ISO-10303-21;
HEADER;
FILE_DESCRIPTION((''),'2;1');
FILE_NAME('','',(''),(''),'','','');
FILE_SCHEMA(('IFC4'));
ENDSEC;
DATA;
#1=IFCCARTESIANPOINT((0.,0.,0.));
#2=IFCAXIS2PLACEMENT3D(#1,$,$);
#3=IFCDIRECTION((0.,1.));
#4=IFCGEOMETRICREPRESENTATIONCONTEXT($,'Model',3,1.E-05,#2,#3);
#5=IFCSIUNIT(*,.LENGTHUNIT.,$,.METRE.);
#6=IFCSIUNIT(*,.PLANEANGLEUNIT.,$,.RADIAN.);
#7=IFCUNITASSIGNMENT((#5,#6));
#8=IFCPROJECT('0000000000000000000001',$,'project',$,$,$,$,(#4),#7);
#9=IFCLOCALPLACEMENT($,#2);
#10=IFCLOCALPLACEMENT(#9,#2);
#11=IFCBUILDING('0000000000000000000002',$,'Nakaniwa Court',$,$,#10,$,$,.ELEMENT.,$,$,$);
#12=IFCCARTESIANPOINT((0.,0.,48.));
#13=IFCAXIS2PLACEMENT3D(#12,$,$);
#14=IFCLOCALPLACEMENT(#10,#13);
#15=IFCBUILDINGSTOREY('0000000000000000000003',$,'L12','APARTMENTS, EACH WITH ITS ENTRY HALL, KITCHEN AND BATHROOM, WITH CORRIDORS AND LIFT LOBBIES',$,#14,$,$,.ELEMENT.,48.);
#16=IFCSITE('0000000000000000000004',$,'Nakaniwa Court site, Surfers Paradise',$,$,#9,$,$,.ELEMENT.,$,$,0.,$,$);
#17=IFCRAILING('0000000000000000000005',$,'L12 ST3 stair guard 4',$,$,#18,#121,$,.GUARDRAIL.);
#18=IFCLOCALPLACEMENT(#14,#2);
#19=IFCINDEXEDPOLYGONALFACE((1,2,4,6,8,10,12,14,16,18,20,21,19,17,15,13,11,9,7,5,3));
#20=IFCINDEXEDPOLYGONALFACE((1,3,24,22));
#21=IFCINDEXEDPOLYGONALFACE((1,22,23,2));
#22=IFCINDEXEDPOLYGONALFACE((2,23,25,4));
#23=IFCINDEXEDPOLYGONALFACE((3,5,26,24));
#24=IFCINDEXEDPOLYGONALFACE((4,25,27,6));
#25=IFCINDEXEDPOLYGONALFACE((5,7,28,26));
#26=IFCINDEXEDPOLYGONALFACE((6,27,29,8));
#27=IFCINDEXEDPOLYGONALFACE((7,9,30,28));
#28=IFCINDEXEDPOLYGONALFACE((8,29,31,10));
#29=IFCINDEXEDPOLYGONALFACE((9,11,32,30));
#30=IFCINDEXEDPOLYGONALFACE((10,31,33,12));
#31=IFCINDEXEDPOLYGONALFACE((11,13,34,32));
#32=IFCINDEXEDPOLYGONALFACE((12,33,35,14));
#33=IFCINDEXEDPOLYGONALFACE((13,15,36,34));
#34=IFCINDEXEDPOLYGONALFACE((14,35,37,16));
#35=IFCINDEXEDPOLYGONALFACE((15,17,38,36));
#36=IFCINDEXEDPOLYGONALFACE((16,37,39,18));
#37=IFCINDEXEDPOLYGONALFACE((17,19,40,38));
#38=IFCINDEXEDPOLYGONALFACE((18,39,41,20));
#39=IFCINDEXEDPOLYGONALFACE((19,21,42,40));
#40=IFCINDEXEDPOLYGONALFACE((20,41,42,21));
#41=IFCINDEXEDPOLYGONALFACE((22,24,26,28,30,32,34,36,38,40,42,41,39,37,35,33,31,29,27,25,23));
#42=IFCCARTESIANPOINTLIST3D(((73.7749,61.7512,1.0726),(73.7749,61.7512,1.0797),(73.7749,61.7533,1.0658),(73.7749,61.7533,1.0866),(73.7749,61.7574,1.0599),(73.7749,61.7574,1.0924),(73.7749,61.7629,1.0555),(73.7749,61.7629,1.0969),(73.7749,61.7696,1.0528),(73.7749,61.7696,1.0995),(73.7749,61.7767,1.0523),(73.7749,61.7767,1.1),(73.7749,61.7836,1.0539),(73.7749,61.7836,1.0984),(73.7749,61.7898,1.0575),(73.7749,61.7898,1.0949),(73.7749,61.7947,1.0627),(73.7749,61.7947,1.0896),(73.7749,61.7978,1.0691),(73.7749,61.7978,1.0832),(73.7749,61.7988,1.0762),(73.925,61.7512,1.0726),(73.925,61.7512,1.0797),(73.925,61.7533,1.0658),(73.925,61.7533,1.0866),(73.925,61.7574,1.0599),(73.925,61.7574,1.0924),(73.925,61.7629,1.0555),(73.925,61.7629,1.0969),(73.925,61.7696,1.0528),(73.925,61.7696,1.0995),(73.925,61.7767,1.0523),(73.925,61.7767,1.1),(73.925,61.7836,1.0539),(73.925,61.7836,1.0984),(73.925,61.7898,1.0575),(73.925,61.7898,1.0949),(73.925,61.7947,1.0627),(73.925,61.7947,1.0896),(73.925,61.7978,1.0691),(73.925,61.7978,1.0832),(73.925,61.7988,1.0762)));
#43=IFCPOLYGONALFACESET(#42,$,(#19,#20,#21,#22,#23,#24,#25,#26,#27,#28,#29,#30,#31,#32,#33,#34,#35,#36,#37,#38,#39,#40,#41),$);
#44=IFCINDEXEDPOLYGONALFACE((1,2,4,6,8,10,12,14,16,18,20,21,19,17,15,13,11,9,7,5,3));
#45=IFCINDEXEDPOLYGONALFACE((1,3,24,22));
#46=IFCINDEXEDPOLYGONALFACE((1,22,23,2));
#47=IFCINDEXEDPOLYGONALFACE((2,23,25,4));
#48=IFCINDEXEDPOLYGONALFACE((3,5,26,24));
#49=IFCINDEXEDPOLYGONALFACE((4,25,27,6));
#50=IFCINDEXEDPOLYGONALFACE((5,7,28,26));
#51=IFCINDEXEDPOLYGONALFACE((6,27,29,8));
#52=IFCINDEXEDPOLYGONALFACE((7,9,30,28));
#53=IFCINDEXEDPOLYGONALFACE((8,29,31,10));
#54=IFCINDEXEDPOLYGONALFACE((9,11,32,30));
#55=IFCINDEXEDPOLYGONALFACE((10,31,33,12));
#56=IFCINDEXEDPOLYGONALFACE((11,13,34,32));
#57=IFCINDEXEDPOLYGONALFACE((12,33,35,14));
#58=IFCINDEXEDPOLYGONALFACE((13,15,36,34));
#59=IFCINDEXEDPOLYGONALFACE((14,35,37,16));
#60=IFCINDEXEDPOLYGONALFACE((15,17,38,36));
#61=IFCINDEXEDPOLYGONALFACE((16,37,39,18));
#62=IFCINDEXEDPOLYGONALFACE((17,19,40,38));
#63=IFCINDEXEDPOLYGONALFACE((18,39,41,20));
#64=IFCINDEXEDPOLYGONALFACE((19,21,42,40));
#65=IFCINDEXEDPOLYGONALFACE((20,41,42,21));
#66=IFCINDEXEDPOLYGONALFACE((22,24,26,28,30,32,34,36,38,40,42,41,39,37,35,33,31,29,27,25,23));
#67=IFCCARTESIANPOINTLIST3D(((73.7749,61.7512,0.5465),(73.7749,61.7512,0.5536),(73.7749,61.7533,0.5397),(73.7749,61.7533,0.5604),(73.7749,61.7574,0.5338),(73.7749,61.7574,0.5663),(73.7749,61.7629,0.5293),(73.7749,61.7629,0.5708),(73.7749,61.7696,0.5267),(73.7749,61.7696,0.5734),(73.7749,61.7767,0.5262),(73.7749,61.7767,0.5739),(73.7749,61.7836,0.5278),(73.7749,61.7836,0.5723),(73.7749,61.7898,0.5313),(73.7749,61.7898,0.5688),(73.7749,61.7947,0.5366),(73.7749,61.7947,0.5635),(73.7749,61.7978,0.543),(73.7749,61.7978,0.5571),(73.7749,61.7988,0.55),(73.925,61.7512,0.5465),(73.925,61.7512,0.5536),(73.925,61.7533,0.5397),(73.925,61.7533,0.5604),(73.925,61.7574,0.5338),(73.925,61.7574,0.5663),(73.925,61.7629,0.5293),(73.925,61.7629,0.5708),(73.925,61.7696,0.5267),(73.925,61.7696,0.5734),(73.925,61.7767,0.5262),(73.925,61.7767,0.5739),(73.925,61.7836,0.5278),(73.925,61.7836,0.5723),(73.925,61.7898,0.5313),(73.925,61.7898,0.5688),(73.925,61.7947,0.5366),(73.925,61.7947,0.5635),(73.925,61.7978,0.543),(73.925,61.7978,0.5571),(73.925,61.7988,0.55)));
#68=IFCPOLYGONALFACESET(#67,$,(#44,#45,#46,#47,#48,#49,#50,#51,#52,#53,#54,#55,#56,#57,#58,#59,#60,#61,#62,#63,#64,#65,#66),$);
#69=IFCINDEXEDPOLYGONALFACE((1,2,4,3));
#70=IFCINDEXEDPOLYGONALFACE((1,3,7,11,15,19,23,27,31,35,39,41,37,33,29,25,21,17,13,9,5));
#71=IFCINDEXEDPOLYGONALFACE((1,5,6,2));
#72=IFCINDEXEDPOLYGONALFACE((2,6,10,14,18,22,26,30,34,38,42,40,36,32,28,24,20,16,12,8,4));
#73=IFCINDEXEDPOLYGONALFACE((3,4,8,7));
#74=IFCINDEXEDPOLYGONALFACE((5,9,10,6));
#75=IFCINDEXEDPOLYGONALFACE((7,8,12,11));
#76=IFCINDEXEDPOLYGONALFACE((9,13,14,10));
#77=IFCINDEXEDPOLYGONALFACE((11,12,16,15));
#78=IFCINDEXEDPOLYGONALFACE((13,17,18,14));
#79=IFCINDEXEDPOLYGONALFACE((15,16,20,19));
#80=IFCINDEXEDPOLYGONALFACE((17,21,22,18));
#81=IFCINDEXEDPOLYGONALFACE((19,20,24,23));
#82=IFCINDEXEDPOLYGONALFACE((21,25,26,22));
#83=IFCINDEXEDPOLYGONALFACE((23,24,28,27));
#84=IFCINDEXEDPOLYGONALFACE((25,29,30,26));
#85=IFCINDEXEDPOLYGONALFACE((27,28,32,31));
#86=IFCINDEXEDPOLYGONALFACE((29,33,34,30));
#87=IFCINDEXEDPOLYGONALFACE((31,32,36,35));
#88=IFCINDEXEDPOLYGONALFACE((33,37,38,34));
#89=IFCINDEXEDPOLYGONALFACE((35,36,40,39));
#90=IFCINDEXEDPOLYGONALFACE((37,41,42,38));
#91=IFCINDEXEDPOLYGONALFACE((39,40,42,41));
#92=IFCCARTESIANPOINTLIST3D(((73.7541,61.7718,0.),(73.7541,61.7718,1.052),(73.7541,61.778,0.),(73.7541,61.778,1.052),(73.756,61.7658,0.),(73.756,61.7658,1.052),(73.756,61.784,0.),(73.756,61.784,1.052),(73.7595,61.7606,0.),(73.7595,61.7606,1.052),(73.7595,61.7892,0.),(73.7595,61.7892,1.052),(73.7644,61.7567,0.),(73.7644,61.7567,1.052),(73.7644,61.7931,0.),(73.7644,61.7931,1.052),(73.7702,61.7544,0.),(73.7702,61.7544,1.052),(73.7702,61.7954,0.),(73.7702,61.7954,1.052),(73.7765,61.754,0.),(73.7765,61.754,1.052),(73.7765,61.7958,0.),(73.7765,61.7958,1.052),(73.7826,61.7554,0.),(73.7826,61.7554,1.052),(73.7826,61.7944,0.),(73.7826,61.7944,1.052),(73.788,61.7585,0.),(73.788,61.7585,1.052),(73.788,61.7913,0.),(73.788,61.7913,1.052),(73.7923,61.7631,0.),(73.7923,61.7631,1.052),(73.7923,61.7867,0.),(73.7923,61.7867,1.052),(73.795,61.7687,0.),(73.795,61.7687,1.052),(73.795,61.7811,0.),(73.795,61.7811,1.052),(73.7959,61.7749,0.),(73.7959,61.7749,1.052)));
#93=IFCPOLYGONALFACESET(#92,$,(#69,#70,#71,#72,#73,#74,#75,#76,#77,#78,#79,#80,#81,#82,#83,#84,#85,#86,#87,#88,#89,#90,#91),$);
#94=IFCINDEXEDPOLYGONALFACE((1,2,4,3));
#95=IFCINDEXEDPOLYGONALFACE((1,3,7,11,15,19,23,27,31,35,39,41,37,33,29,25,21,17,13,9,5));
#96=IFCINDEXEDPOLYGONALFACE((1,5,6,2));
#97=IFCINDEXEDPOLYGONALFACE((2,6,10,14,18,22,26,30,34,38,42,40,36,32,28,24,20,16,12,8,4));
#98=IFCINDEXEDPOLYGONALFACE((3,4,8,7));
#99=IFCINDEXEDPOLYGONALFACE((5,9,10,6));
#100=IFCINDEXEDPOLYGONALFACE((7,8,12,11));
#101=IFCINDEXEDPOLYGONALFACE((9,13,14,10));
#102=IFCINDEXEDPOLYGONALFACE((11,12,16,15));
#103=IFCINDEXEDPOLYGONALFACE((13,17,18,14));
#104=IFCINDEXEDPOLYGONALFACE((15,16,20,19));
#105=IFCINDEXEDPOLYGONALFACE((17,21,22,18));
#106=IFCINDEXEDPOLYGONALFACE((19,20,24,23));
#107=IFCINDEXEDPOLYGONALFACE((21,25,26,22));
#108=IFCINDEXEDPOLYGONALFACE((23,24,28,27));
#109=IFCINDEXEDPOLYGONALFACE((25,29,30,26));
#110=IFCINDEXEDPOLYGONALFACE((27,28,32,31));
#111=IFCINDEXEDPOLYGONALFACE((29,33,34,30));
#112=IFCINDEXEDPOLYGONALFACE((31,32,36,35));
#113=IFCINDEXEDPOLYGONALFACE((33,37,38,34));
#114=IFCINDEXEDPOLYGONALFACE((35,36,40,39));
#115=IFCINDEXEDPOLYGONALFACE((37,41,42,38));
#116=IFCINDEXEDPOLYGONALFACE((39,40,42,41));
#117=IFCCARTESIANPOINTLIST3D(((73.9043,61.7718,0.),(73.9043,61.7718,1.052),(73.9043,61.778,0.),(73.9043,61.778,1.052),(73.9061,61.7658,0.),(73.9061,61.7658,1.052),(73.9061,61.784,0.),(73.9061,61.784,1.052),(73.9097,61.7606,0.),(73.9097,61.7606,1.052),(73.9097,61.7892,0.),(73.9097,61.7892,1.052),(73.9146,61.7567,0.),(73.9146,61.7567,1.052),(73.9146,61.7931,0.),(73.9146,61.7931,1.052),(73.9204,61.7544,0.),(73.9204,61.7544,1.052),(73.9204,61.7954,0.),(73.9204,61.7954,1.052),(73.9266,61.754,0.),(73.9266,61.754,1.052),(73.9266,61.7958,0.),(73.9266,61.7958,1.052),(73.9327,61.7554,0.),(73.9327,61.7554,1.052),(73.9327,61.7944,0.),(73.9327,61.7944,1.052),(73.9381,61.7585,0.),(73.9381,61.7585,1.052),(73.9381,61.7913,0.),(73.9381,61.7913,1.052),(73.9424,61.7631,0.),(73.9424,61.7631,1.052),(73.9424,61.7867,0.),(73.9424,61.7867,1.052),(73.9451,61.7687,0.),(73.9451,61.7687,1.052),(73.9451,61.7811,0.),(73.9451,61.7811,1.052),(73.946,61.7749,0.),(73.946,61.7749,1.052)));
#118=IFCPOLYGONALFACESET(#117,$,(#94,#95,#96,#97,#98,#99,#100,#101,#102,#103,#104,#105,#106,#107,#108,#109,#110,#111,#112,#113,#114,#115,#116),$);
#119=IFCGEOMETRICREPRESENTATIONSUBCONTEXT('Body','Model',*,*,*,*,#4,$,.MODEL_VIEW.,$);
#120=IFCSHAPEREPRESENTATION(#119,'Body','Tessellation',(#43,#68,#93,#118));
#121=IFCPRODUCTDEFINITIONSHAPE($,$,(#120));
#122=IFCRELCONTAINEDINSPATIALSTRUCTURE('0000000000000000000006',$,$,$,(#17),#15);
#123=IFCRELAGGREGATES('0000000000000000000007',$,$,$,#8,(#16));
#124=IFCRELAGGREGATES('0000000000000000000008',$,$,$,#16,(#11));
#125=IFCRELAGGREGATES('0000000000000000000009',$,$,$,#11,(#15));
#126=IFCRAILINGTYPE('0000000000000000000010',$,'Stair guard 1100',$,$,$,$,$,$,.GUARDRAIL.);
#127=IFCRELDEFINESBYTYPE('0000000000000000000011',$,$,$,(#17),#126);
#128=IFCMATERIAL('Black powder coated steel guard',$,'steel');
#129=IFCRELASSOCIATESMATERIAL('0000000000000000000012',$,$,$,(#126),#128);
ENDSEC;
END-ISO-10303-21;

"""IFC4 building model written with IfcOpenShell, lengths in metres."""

from ifc_helpers import new_model, si_unit, direction, frame, origin, origin_2d, place, context, subcontext, project, spatial, circle, extrude, material, type_object, element, save


model = new_model("IFC4")

# Units and contexts
model_context = context("Model", 3, precision=1e-05, world=origin(), true_north=direction((0.0, 1.0)))
body_context = subcontext(model_context, "Body", "Model", "MODEL_VIEW")
ifc_project = project(units=[si_unit("LENGTHUNIT", "METRE"), si_unit("PLANEANGLEUNIT", "RADIAN")], contexts=[model_context])

# Site, building, storey
site_placement = place(None, origin())
site = spatial("IfcSite", under=ifc_project, at=site_placement, Name="Nakaniwa Court site, Surfers Paradise", CompositionType="ELEMENT", RefElevation=0.0)
building_placement = place(site_placement, origin())
building = spatial("IfcBuilding", under=site, at=building_placement, Name="Nakaniwa Court", CompositionType="ELEMENT")
storey_placement = place(building_placement, frame((0.0, 0.0, 48.0)))
storey = spatial("IfcBuildingStorey", under=building, at=storey_placement, Name="L12", Description="APARTMENTS, EACH WITH ITS ENTRY HALL, KITCHEN AND BATHROOM, WITH CORRIDORS AND LIFT LOBBIES", CompositionType="ELEMENT", Elevation=48.0)

# Railing
ifc_material_1 = material(Name="Black powder coated steel guard", Category="steel")
railing_type_1 = type_object("IfcRailingType", Name="Stair guard 1100", PredefinedType="GUARDRAIL", material=ifc_material_1)
railing_1_placement = place(storey_placement, frame((73.7749, 61.7749, 0.0)))
element("IfcRailing", 1, at=railing_1_placement, inside=storey, type_object=railing_type_1, Name="L12 ST3 stair guard 4", PredefinedType="GUARDRAIL", context=body_context, shape_type="SweptSolid", body=[
    extrude(circle(Radius=0.0239, at=origin_2d()), frame((0.0, 0.0, 1.0762), z_axis=(1.0, 0.0, 0.0), x_axis=(0.0, 1.0, 0.0)), (0.0, 0.0, 1.0), 0.1501),
    extrude(circle(Radius=0.0239, at=origin_2d()), frame((0.0, 0.0, 0.55), z_axis=(1.0, 0.0, 0.0), x_axis=(0.0, 1.0, 0.0)), (0.0, 0.0, 1.0), 0.1501),
    extrude(circle(Radius=0.021, at=origin_2d()), origin(), (0.0, 0.0, 1.0), 1.052),
    extrude(circle(Radius=0.021, at=origin_2d()), frame((0.1501, 0.0, 0.0)), (0.0, 0.0, 1.0), 1.052),
])

save(model, "model.ifc")
